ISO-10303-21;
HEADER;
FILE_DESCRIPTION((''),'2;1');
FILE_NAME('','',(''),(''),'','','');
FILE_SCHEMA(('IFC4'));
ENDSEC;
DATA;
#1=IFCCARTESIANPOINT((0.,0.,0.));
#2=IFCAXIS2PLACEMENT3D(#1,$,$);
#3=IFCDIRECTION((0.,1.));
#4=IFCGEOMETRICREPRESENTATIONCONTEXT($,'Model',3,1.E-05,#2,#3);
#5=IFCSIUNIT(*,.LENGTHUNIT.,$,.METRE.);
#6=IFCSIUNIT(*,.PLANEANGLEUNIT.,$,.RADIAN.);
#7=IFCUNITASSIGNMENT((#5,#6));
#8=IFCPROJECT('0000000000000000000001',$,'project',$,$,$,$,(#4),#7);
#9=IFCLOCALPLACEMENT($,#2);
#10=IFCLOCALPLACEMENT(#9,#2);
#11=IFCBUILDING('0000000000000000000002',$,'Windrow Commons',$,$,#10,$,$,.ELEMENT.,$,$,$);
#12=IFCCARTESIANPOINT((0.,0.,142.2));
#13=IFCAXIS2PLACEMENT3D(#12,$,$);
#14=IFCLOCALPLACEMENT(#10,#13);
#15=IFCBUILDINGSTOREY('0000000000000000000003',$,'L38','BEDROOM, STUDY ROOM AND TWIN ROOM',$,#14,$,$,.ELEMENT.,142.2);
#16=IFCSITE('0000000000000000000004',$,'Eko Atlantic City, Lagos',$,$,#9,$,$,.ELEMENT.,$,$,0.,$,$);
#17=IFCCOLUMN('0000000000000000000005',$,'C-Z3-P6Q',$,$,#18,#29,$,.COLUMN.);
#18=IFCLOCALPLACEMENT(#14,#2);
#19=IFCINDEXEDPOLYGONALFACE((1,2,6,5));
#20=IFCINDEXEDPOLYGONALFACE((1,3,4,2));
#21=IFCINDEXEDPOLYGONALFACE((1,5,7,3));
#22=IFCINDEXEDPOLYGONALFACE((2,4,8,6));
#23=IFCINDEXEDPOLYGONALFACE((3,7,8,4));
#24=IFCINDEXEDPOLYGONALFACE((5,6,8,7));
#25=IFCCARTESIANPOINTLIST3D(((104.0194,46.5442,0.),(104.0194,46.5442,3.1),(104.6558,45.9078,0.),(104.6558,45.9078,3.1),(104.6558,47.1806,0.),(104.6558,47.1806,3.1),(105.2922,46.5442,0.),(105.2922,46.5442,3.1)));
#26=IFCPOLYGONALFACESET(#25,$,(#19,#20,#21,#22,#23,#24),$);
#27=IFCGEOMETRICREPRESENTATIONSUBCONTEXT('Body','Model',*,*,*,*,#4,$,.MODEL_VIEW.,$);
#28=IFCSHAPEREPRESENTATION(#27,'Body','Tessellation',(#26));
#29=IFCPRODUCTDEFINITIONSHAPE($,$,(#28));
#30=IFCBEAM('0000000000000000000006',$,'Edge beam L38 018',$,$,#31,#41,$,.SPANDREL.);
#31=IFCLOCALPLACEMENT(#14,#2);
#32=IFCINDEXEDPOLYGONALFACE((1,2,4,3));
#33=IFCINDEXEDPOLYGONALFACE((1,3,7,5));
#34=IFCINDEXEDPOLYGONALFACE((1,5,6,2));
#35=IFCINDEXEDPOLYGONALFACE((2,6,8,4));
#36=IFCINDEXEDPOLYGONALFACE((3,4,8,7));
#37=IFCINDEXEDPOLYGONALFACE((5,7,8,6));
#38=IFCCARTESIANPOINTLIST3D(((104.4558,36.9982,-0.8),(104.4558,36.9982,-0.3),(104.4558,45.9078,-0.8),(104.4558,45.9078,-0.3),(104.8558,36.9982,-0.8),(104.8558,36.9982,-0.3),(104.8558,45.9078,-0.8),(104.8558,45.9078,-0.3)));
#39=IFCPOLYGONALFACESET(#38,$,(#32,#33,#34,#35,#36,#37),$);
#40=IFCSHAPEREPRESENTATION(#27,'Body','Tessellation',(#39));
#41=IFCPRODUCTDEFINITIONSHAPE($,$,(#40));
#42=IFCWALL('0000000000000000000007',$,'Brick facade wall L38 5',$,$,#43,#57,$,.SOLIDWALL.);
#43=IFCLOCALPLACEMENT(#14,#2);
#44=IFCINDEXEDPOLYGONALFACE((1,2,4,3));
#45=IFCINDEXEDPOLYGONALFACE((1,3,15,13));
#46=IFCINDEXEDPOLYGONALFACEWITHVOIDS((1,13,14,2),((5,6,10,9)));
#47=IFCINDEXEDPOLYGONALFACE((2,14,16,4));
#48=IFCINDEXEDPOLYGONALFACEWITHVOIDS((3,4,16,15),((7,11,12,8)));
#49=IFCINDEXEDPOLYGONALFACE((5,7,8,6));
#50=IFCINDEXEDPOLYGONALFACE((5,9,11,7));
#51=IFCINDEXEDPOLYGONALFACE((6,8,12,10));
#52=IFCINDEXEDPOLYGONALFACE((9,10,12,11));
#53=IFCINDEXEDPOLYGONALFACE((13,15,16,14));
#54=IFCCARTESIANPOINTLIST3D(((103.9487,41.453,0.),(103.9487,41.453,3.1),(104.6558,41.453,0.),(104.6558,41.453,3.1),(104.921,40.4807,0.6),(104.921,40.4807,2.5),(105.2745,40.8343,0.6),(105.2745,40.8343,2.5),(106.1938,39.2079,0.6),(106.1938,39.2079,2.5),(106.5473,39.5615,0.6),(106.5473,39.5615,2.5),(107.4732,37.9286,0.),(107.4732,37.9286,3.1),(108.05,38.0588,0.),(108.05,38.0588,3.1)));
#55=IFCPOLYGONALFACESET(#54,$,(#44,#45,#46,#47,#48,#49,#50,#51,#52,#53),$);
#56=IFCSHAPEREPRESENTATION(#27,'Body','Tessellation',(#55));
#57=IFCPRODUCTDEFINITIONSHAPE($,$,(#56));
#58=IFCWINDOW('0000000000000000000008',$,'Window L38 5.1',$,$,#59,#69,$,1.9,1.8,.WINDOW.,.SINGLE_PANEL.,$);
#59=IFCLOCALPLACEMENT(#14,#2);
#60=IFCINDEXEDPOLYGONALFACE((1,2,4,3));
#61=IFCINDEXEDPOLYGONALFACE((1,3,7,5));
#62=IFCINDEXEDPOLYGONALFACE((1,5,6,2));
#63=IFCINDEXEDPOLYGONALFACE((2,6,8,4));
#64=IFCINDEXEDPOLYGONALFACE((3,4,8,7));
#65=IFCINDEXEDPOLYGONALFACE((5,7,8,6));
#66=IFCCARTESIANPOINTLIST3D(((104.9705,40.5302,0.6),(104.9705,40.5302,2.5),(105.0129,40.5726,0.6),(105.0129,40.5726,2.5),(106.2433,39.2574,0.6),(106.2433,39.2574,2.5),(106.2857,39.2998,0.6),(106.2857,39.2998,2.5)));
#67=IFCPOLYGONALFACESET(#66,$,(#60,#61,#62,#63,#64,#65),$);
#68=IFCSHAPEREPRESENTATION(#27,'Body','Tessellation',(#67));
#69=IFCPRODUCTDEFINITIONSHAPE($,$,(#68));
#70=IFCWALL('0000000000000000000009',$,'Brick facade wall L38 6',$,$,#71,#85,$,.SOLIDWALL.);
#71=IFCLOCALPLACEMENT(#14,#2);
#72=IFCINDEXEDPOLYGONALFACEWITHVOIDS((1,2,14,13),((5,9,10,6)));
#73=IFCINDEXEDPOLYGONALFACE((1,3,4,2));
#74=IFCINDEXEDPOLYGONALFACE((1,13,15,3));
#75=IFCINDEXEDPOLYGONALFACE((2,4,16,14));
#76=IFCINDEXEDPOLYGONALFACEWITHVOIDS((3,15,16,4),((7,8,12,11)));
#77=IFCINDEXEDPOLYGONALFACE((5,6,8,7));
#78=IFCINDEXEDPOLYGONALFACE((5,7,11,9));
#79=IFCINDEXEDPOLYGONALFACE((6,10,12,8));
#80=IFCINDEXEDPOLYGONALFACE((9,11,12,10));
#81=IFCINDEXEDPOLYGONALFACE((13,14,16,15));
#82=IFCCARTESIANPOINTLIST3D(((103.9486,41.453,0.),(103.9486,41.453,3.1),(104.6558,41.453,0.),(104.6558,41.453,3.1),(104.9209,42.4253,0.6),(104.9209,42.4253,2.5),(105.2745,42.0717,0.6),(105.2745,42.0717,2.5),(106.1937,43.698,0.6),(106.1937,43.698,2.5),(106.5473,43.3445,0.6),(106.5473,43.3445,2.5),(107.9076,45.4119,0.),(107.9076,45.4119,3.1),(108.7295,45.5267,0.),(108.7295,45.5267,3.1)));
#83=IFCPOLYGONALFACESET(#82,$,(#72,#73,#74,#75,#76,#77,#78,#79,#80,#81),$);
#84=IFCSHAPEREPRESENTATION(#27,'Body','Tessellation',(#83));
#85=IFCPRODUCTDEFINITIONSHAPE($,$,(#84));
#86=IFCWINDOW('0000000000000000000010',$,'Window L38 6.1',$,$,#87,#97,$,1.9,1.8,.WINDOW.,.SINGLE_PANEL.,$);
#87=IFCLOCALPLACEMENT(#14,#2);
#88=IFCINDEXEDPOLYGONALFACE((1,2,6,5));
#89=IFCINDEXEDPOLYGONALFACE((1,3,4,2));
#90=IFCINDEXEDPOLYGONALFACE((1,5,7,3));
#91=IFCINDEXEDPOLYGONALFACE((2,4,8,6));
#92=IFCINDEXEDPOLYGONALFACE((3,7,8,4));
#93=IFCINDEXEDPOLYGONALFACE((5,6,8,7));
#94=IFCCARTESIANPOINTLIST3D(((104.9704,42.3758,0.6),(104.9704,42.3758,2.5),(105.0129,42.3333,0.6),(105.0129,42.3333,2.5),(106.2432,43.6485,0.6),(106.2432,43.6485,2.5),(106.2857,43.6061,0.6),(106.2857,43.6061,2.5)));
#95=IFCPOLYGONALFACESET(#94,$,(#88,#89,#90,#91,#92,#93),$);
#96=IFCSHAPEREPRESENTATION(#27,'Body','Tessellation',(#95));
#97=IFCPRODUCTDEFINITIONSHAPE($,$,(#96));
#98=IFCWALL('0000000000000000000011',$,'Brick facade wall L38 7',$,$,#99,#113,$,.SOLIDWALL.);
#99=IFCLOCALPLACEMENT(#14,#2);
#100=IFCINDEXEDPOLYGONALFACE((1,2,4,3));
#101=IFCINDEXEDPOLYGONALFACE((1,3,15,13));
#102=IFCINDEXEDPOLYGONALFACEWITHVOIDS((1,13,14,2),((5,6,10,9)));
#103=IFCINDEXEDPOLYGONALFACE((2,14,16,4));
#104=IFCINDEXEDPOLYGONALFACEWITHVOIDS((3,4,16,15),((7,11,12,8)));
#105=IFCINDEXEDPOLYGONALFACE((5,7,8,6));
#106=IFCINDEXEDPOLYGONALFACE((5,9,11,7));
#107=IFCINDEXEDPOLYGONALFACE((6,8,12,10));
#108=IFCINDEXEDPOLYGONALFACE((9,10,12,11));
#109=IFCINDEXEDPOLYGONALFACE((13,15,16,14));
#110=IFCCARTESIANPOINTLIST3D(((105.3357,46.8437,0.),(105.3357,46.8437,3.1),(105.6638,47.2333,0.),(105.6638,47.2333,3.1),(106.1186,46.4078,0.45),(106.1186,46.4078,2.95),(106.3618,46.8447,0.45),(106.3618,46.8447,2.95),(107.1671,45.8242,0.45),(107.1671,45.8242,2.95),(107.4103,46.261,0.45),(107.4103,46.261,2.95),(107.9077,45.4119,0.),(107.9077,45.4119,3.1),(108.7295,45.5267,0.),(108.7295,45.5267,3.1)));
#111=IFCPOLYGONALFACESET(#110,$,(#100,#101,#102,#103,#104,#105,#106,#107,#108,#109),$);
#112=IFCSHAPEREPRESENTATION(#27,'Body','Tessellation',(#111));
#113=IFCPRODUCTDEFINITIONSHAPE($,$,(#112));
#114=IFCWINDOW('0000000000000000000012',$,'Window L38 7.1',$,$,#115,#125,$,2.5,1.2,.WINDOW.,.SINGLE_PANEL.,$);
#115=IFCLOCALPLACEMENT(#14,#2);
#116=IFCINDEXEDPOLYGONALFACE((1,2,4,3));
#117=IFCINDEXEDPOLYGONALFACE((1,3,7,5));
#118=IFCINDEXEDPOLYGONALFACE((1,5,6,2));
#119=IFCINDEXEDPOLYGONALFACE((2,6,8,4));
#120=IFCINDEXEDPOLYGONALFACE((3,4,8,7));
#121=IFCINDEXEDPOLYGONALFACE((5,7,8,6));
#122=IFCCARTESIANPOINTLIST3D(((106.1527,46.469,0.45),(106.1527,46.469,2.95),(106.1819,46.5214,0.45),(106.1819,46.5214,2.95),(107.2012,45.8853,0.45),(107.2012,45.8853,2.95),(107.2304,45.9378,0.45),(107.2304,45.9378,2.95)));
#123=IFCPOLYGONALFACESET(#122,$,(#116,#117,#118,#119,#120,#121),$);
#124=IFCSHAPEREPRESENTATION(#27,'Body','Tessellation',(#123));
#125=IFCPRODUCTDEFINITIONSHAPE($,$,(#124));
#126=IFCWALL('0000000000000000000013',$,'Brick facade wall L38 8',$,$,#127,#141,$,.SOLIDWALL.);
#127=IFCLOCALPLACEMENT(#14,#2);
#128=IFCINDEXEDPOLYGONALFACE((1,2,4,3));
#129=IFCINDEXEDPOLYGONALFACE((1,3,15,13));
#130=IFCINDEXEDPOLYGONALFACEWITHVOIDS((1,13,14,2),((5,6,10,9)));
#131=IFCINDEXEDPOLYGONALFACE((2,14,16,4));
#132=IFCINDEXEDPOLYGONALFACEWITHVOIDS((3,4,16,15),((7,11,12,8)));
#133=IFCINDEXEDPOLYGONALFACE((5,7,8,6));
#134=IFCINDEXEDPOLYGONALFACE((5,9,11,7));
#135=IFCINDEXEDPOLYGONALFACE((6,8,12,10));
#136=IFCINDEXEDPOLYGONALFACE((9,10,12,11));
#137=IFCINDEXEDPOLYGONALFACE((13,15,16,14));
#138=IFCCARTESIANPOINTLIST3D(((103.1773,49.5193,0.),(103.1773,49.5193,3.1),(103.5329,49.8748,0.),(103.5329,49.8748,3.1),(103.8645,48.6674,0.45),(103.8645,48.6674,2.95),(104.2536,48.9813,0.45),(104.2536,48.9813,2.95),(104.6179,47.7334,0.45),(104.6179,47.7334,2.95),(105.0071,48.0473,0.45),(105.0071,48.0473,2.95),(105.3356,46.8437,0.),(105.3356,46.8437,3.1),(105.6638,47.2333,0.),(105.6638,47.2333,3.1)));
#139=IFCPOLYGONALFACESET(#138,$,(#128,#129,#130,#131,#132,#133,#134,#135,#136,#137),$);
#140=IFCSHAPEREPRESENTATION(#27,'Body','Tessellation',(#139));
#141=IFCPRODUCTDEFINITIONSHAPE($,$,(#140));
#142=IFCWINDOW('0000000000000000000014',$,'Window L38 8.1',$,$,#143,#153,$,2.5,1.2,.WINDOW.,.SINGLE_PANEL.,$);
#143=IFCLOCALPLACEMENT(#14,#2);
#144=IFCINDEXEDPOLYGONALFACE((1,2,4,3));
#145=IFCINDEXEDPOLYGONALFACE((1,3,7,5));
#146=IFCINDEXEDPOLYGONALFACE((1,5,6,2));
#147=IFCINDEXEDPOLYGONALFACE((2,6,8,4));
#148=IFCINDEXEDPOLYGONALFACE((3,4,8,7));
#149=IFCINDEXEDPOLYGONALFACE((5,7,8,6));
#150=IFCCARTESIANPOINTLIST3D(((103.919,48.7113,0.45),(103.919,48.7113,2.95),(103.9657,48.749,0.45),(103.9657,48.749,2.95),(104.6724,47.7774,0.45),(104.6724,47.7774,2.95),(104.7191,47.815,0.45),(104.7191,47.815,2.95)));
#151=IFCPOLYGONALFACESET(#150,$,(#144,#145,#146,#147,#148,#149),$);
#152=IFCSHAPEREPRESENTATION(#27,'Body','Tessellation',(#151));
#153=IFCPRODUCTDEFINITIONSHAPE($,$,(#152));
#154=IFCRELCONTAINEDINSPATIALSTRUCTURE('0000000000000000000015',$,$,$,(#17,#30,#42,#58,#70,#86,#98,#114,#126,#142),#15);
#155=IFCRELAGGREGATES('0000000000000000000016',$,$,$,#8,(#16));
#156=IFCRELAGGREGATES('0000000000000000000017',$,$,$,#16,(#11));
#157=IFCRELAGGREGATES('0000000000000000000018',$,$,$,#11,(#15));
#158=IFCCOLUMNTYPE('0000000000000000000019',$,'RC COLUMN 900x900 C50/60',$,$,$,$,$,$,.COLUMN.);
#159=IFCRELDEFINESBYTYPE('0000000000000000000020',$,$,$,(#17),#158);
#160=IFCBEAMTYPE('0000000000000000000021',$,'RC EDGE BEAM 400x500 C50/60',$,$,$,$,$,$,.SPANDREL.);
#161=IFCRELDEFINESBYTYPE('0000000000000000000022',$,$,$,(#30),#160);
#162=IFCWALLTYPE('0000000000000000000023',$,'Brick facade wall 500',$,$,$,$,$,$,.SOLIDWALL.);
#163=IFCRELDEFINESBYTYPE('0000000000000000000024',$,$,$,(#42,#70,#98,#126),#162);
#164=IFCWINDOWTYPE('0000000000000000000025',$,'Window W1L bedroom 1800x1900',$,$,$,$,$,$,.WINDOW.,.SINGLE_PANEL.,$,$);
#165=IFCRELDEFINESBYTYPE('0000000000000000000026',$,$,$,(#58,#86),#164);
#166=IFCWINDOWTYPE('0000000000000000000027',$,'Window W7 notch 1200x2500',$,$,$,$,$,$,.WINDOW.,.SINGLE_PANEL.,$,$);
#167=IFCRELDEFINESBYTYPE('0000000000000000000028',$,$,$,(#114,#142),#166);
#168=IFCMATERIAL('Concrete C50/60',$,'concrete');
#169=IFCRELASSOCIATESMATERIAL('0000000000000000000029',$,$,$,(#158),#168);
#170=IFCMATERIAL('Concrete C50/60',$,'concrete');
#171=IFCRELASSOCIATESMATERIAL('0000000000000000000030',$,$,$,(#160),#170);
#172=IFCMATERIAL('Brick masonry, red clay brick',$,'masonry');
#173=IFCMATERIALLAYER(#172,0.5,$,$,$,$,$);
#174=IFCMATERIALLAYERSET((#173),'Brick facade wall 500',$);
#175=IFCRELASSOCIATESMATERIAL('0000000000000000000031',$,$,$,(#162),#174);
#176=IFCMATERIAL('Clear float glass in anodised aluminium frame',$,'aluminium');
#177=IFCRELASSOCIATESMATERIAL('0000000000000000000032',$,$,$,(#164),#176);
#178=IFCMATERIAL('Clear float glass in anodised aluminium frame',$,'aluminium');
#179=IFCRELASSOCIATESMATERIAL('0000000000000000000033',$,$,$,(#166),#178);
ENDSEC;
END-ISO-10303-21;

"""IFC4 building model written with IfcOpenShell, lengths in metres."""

from ifc_helpers import new_model, si_unit, direction, frame, frame_2d, origin, origin_2d, place, context, subcontext, project, spatial, polyline, rectangle, outline, extrude, material, layer, layer_set, material_profile, profile_set, type_object, element, fill, save


model = new_model("IFC4")

# Units and contexts
model_context = context("Model", 3, precision=1e-05, world=origin(), true_north=direction((0.0, 1.0)))
body_context = subcontext(model_context, "Body", "Model", "MODEL_VIEW")
ifc_project = project(units=[si_unit("LENGTHUNIT", "METRE"), si_unit("PLANEANGLEUNIT", "RADIAN")], contexts=[model_context])

# Site, building, storey
site_placement = place(None, origin())
site = spatial("IfcSite", under=ifc_project, at=site_placement, Name="Eko Atlantic City, Lagos", CompositionType="ELEMENT", RefElevation=0.0)
building_placement = place(site_placement, origin())
building = spatial("IfcBuilding", under=site, at=building_placement, Name="Windrow Commons", CompositionType="ELEMENT")
storey_placement = place(building_placement, frame((0.0, 0.0, 142.2)))
storey = spatial("IfcBuildingStorey", under=building, at=storey_placement, Name="L38", Description="BEDROOM, STUDY ROOM AND TWIN ROOM", CompositionType="ELEMENT", Elevation=142.2)

# Column
ifc_material_1 = material(Name="Concrete C50/60", Category="concrete")
ifc_material_profile_1 = material_profile(ifc_material_1, rectangle(XDim=0.9, YDim=0.9, at=origin_2d()))
ifc_profile_set_1 = profile_set([ifc_material_profile_1], Name="Concrete C50/60")
column_type = type_object("IfcColumnType", Name="RC COLUMN 900x900 C50/60", PredefinedType="COLUMN", material=ifc_profile_set_1)
column_placement = place(storey_placement, frame((104.6558, 46.5442, 0.0), z_axis=(0.0, 0.0, 1.0), x_axis=(0.707107, -0.707107, 0.0)))
element("IfcColumn", 1, at=column_placement, inside=storey, type_object=column_type, Name="C-Z3-P6Q", PredefinedType="COLUMN", context=body_context, shape_type="SweptSolid", body=[
    extrude(rectangle(XDim=0.9, YDim=0.9, at=origin_2d()), origin(), (0.0, 0.0, 1.0), 3.1),
])

# Beam
ifc_material_2 = material(Name="Concrete C50/60", Category="concrete")
ifc_material_profile_2 = material_profile(ifc_material_2, rectangle(XDim=0.4, YDim=0.5, at=origin_2d()))
ifc_profile_set_2 = profile_set([ifc_material_profile_2], Name="Concrete C50/60")
beam_type = type_object("IfcBeamType", Name="RC EDGE BEAM 400x500 C50/60", PredefinedType="SPANDREL", material=ifc_profile_set_2)
beam_placement = place(storey_placement, frame((104.6558, 45.9078, -0.55), z_axis=(0.0, -1.0, 0.0), x_axis=(1.0, 0.0, 0.0)))
element("IfcBeam", 2, at=beam_placement, inside=storey, type_object=beam_type, Name="Edge beam L38 018", PredefinedType="SPANDREL", context=body_context, shape_type="SweptSolid", body=[
    extrude(rectangle(XDim=0.4, YDim=0.5, at=origin_2d()), origin(), (0.0, 0.0, 1.0), 8.9096),
])

# Walls, openings, windows
ifc_material_3 = material(Name="Brick masonry, red clay brick", Category="masonry")
ifc_layer_1 = layer(ifc_material_3, 0.5)
ifc_layer_set_1 = layer_set([ifc_layer_1], Name="Brick facade wall 500")
wall_type_1 = type_object("IfcWallType", Name="Brick facade wall 500", PredefinedType="SOLIDWALL", material=ifc_layer_set_1)
wall_1_placement = place(storey_placement, frame((107.7616, 37.9937, 0.0), z_axis=(0.0, 0.0, 1.0), x_axis=(-0.707117, 0.707097, 0.0)))
wall_1 = element("IfcWall", 3, at=wall_1_placement, inside=storey, type_object=wall_type_1, Name="Brick facade wall L38 5", PredefinedType="SOLIDWALL", context=body_context, shape_type="SweptSolid", body=[
    extrude(outline(polyline([(-0.1579, -0.25), (4.6422, -0.25), (5.1422, 0.25), (0.1579, 0.25), (-0.1579, -0.25)])), origin(), (0.0, 0.0, 1.0), 3.1),
])
opening_1_placement = place(wall_1_placement, frame((1.9672, 0.0, 0.6)))
opening_1 = element("IfcOpeningElement", 4, at=opening_1_placement, cuts=wall_1, PredefinedType="OPENING", context=body_context, shape_type="SweptSolid", body=[
    extrude(rectangle(XDim=1.8, YDim=1.9, at=frame_2d((0.9, 0.95))), frame((0.0, 0.26, 0.0), z_axis=(0.0, -1.0, 0.0), x_axis=(1.0, 0.0, 0.0)), (0.0, 0.0, 1.0), 0.52),
])
ifc_material_4 = material(Name="Clear float glass in anodised aluminium frame", Category="aluminium")
window_type_1 = type_object("IfcWindowType", Name="Window W1L bedroom 1800x1900", PartitioningType="SINGLE_PANEL", PredefinedType="WINDOW", material=ifc_material_4)
window_1_placement = place(opening_1_placement, origin())
window_1 = element("IfcWindow", 5, at=window_1_placement, inside=storey, type_object=window_type_1, Name="Window L38 5.1", OverallHeight=1.9, OverallWidth=1.8, PartitioningType="SINGLE_PANEL", PredefinedType="WINDOW", context=body_context, shape_type="SweptSolid", body=[
    extrude(rectangle(XDim=1.8, YDim=1.9, at=frame_2d((0.9, 0.95))), frame((0.0, 0.18, 0.0), z_axis=(0.0, -1.0, 0.0), x_axis=(1.0, 0.0, 0.0)), (0.0, 0.0, 1.0), 0.06),
])
fill(opening_1, window_1)
wall_2_placement = place(storey_placement, frame((104.3022, 41.453, 0.0), z_axis=(0.0, 0.0, 1.0), x_axis=(0.707116, 0.707098, 0.0)))
wall_2 = element("IfcWall", 6, at=wall_2_placement, inside=storey, type_object=wall_type_1, Name="Brick facade wall L38 6", PredefinedType="SOLIDWALL", context=body_context, shape_type="SweptSolid", body=[
    extrude(outline(polyline([(0.25, -0.25), (6.0111, -0.25), (5.3488, 0.25), (-0.25, 0.25), (0.25, -0.25)])), origin(), (0.0, 0.0, 1.0), 3.1),
])
opening_2_placement = place(wall_2_placement, frame((1.125, 0.0, 0.6)))
opening_2 = element("IfcOpeningElement", 7, at=opening_2_placement, cuts=wall_2, PredefinedType="OPENING", context=body_context, shape_type="SweptSolid", body=[
    extrude(rectangle(XDim=1.8, YDim=1.9, at=frame_2d((0.9, 0.95))), frame((0.0, 0.26, 0.0), z_axis=(0.0, -1.0, 0.0), x_axis=(1.0, 0.0, 0.0)), (0.0, 0.0, 1.0), 0.52),
])
window_2_placement = place(opening_2_placement, origin())
window_2 = element("IfcWindow", 8, at=window_2_placement, inside=storey, type_object=window_type_1, Name="Window L38 6.1", OverallHeight=1.9, OverallWidth=1.8, PartitioningType="SINGLE_PANEL", PredefinedType="WINDOW", context=body_context, shape_type="SweptSolid", body=[
    extrude(rectangle(XDim=1.8, YDim=1.9, at=frame_2d((0.9, 0.95))), frame((0.0, 0.18, 0.0), z_axis=(0.0, -1.0, 0.0), x_axis=(1.0, 0.0, 0.0)), (0.0, 0.0, 1.0), 0.06),
])
fill(opening_2, window_2)
wall_3_placement = place(storey_placement, frame((108.3186, 45.4693, 0.0), z_axis=(0.0, 0.0, 1.0), x_axis=(-0.873743, 0.486388, 0.0)))
wall_3 = element("IfcWall", 9, at=wall_3_placement, inside=storey, type_object=wall_type_1, Name="Brick facade wall L38 7", PredefinedType="SOLIDWALL", context=body_context, shape_type="SweptSolid", body=[
    extrude(outline(polyline([(-0.3311, -0.25), (3.1776, -0.25), (3.2748, 0.25), (0.3311, 0.25), (-0.3311, -0.25)])), origin(), (0.0, 0.0, 1.0), 3.1),
])
opening_3_placement = place(wall_3_placement, frame((1.1787, 0.0, 0.45)))
opening_3 = element("IfcOpeningElement", 10, at=opening_3_placement, cuts=wall_3, PredefinedType="OPENING", context=body_context, shape_type="SweptSolid", body=[
    extrude(rectangle(XDim=1.2, YDim=2.5, at=frame_2d((0.6, 1.25))), frame((0.0, 0.26, 0.0), z_axis=(0.0, -1.0, 0.0), x_axis=(1.0, 0.0, 0.0)), (0.0, 0.0, 1.0), 0.52),
])
ifc_material_5 = material(Name="Clear float glass in anodised aluminium frame", Category="aluminium")
window_type_2 = type_object("IfcWindowType", Name="Window W7 notch 1200x2500", PartitioningType="SINGLE_PANEL", PredefinedType="WINDOW", material=ifc_material_5)
window_3_placement = place(opening_3_placement, origin())
window_3 = element("IfcWindow", 11, at=window_3_placement, inside=storey, type_object=window_type_2, Name="Window L38 7.1", OverallHeight=2.5, OverallWidth=1.2, PartitioningType="SINGLE_PANEL", PredefinedType="WINDOW", context=body_context, shape_type="SweptSolid", body=[
    extrude(rectangle(XDim=1.2, YDim=2.5, at=frame_2d((0.6, 1.25))), frame((0.0, 0.18, 0.0), z_axis=(0.0, -1.0, 0.0), x_axis=(1.0, 0.0, 0.0)), (0.0, 0.0, 1.0), 0.06),
])
fill(opening_3, window_3)
wall_4_placement = place(storey_placement, frame((105.4997, 47.0385, 0.0), z_axis=(0.0, 0.0, 1.0), x_axis=(-0.627867, 0.77832, 0.0)))
wall_4 = element("IfcWall", 12, at=wall_4_placement, inside=storey, type_object=wall_type_1, Name="Brick facade wall L38 8", PredefinedType="SOLIDWALL", context=body_context, shape_type="SweptSolid", body=[
    extrude(outline(polyline([(0.0486, -0.25), (3.4424, -0.25), (3.389, 0.25), (-0.0486, 0.25), (0.0486, -0.25)])), origin(), (0.0, 0.0, 1.0), 3.1),
])
opening_4_placement = place(wall_4_placement, frame((1.0945, 0.0, 0.45)))
opening_4 = element("IfcOpeningElement", 13, at=opening_4_placement, cuts=wall_4, PredefinedType="OPENING", context=body_context, shape_type="SweptSolid", body=[
    extrude(rectangle(XDim=1.2, YDim=2.5, at=frame_2d((0.6, 1.25))), frame((0.0, 0.26, 0.0), z_axis=(0.0, -1.0, 0.0), x_axis=(1.0, 0.0, 0.0)), (0.0, 0.0, 1.0), 0.52),
])
window_4_placement = place(opening_4_placement, origin())
window_4 = element("IfcWindow", 14, at=window_4_placement, inside=storey, type_object=window_type_2, Name="Window L38 8.1", OverallHeight=2.5, OverallWidth=1.2, PartitioningType="SINGLE_PANEL", PredefinedType="WINDOW", context=body_context, shape_type="SweptSolid", body=[
    extrude(rectangle(XDim=1.2, YDim=2.5, at=frame_2d((0.6, 1.25))), frame((0.0, 0.18, 0.0), z_axis=(0.0, -1.0, 0.0), x_axis=(1.0, 0.0, 0.0)), (0.0, 0.0, 1.0), 0.06),
])
fill(opening_4, window_4)

save(model, "model.ifc")
